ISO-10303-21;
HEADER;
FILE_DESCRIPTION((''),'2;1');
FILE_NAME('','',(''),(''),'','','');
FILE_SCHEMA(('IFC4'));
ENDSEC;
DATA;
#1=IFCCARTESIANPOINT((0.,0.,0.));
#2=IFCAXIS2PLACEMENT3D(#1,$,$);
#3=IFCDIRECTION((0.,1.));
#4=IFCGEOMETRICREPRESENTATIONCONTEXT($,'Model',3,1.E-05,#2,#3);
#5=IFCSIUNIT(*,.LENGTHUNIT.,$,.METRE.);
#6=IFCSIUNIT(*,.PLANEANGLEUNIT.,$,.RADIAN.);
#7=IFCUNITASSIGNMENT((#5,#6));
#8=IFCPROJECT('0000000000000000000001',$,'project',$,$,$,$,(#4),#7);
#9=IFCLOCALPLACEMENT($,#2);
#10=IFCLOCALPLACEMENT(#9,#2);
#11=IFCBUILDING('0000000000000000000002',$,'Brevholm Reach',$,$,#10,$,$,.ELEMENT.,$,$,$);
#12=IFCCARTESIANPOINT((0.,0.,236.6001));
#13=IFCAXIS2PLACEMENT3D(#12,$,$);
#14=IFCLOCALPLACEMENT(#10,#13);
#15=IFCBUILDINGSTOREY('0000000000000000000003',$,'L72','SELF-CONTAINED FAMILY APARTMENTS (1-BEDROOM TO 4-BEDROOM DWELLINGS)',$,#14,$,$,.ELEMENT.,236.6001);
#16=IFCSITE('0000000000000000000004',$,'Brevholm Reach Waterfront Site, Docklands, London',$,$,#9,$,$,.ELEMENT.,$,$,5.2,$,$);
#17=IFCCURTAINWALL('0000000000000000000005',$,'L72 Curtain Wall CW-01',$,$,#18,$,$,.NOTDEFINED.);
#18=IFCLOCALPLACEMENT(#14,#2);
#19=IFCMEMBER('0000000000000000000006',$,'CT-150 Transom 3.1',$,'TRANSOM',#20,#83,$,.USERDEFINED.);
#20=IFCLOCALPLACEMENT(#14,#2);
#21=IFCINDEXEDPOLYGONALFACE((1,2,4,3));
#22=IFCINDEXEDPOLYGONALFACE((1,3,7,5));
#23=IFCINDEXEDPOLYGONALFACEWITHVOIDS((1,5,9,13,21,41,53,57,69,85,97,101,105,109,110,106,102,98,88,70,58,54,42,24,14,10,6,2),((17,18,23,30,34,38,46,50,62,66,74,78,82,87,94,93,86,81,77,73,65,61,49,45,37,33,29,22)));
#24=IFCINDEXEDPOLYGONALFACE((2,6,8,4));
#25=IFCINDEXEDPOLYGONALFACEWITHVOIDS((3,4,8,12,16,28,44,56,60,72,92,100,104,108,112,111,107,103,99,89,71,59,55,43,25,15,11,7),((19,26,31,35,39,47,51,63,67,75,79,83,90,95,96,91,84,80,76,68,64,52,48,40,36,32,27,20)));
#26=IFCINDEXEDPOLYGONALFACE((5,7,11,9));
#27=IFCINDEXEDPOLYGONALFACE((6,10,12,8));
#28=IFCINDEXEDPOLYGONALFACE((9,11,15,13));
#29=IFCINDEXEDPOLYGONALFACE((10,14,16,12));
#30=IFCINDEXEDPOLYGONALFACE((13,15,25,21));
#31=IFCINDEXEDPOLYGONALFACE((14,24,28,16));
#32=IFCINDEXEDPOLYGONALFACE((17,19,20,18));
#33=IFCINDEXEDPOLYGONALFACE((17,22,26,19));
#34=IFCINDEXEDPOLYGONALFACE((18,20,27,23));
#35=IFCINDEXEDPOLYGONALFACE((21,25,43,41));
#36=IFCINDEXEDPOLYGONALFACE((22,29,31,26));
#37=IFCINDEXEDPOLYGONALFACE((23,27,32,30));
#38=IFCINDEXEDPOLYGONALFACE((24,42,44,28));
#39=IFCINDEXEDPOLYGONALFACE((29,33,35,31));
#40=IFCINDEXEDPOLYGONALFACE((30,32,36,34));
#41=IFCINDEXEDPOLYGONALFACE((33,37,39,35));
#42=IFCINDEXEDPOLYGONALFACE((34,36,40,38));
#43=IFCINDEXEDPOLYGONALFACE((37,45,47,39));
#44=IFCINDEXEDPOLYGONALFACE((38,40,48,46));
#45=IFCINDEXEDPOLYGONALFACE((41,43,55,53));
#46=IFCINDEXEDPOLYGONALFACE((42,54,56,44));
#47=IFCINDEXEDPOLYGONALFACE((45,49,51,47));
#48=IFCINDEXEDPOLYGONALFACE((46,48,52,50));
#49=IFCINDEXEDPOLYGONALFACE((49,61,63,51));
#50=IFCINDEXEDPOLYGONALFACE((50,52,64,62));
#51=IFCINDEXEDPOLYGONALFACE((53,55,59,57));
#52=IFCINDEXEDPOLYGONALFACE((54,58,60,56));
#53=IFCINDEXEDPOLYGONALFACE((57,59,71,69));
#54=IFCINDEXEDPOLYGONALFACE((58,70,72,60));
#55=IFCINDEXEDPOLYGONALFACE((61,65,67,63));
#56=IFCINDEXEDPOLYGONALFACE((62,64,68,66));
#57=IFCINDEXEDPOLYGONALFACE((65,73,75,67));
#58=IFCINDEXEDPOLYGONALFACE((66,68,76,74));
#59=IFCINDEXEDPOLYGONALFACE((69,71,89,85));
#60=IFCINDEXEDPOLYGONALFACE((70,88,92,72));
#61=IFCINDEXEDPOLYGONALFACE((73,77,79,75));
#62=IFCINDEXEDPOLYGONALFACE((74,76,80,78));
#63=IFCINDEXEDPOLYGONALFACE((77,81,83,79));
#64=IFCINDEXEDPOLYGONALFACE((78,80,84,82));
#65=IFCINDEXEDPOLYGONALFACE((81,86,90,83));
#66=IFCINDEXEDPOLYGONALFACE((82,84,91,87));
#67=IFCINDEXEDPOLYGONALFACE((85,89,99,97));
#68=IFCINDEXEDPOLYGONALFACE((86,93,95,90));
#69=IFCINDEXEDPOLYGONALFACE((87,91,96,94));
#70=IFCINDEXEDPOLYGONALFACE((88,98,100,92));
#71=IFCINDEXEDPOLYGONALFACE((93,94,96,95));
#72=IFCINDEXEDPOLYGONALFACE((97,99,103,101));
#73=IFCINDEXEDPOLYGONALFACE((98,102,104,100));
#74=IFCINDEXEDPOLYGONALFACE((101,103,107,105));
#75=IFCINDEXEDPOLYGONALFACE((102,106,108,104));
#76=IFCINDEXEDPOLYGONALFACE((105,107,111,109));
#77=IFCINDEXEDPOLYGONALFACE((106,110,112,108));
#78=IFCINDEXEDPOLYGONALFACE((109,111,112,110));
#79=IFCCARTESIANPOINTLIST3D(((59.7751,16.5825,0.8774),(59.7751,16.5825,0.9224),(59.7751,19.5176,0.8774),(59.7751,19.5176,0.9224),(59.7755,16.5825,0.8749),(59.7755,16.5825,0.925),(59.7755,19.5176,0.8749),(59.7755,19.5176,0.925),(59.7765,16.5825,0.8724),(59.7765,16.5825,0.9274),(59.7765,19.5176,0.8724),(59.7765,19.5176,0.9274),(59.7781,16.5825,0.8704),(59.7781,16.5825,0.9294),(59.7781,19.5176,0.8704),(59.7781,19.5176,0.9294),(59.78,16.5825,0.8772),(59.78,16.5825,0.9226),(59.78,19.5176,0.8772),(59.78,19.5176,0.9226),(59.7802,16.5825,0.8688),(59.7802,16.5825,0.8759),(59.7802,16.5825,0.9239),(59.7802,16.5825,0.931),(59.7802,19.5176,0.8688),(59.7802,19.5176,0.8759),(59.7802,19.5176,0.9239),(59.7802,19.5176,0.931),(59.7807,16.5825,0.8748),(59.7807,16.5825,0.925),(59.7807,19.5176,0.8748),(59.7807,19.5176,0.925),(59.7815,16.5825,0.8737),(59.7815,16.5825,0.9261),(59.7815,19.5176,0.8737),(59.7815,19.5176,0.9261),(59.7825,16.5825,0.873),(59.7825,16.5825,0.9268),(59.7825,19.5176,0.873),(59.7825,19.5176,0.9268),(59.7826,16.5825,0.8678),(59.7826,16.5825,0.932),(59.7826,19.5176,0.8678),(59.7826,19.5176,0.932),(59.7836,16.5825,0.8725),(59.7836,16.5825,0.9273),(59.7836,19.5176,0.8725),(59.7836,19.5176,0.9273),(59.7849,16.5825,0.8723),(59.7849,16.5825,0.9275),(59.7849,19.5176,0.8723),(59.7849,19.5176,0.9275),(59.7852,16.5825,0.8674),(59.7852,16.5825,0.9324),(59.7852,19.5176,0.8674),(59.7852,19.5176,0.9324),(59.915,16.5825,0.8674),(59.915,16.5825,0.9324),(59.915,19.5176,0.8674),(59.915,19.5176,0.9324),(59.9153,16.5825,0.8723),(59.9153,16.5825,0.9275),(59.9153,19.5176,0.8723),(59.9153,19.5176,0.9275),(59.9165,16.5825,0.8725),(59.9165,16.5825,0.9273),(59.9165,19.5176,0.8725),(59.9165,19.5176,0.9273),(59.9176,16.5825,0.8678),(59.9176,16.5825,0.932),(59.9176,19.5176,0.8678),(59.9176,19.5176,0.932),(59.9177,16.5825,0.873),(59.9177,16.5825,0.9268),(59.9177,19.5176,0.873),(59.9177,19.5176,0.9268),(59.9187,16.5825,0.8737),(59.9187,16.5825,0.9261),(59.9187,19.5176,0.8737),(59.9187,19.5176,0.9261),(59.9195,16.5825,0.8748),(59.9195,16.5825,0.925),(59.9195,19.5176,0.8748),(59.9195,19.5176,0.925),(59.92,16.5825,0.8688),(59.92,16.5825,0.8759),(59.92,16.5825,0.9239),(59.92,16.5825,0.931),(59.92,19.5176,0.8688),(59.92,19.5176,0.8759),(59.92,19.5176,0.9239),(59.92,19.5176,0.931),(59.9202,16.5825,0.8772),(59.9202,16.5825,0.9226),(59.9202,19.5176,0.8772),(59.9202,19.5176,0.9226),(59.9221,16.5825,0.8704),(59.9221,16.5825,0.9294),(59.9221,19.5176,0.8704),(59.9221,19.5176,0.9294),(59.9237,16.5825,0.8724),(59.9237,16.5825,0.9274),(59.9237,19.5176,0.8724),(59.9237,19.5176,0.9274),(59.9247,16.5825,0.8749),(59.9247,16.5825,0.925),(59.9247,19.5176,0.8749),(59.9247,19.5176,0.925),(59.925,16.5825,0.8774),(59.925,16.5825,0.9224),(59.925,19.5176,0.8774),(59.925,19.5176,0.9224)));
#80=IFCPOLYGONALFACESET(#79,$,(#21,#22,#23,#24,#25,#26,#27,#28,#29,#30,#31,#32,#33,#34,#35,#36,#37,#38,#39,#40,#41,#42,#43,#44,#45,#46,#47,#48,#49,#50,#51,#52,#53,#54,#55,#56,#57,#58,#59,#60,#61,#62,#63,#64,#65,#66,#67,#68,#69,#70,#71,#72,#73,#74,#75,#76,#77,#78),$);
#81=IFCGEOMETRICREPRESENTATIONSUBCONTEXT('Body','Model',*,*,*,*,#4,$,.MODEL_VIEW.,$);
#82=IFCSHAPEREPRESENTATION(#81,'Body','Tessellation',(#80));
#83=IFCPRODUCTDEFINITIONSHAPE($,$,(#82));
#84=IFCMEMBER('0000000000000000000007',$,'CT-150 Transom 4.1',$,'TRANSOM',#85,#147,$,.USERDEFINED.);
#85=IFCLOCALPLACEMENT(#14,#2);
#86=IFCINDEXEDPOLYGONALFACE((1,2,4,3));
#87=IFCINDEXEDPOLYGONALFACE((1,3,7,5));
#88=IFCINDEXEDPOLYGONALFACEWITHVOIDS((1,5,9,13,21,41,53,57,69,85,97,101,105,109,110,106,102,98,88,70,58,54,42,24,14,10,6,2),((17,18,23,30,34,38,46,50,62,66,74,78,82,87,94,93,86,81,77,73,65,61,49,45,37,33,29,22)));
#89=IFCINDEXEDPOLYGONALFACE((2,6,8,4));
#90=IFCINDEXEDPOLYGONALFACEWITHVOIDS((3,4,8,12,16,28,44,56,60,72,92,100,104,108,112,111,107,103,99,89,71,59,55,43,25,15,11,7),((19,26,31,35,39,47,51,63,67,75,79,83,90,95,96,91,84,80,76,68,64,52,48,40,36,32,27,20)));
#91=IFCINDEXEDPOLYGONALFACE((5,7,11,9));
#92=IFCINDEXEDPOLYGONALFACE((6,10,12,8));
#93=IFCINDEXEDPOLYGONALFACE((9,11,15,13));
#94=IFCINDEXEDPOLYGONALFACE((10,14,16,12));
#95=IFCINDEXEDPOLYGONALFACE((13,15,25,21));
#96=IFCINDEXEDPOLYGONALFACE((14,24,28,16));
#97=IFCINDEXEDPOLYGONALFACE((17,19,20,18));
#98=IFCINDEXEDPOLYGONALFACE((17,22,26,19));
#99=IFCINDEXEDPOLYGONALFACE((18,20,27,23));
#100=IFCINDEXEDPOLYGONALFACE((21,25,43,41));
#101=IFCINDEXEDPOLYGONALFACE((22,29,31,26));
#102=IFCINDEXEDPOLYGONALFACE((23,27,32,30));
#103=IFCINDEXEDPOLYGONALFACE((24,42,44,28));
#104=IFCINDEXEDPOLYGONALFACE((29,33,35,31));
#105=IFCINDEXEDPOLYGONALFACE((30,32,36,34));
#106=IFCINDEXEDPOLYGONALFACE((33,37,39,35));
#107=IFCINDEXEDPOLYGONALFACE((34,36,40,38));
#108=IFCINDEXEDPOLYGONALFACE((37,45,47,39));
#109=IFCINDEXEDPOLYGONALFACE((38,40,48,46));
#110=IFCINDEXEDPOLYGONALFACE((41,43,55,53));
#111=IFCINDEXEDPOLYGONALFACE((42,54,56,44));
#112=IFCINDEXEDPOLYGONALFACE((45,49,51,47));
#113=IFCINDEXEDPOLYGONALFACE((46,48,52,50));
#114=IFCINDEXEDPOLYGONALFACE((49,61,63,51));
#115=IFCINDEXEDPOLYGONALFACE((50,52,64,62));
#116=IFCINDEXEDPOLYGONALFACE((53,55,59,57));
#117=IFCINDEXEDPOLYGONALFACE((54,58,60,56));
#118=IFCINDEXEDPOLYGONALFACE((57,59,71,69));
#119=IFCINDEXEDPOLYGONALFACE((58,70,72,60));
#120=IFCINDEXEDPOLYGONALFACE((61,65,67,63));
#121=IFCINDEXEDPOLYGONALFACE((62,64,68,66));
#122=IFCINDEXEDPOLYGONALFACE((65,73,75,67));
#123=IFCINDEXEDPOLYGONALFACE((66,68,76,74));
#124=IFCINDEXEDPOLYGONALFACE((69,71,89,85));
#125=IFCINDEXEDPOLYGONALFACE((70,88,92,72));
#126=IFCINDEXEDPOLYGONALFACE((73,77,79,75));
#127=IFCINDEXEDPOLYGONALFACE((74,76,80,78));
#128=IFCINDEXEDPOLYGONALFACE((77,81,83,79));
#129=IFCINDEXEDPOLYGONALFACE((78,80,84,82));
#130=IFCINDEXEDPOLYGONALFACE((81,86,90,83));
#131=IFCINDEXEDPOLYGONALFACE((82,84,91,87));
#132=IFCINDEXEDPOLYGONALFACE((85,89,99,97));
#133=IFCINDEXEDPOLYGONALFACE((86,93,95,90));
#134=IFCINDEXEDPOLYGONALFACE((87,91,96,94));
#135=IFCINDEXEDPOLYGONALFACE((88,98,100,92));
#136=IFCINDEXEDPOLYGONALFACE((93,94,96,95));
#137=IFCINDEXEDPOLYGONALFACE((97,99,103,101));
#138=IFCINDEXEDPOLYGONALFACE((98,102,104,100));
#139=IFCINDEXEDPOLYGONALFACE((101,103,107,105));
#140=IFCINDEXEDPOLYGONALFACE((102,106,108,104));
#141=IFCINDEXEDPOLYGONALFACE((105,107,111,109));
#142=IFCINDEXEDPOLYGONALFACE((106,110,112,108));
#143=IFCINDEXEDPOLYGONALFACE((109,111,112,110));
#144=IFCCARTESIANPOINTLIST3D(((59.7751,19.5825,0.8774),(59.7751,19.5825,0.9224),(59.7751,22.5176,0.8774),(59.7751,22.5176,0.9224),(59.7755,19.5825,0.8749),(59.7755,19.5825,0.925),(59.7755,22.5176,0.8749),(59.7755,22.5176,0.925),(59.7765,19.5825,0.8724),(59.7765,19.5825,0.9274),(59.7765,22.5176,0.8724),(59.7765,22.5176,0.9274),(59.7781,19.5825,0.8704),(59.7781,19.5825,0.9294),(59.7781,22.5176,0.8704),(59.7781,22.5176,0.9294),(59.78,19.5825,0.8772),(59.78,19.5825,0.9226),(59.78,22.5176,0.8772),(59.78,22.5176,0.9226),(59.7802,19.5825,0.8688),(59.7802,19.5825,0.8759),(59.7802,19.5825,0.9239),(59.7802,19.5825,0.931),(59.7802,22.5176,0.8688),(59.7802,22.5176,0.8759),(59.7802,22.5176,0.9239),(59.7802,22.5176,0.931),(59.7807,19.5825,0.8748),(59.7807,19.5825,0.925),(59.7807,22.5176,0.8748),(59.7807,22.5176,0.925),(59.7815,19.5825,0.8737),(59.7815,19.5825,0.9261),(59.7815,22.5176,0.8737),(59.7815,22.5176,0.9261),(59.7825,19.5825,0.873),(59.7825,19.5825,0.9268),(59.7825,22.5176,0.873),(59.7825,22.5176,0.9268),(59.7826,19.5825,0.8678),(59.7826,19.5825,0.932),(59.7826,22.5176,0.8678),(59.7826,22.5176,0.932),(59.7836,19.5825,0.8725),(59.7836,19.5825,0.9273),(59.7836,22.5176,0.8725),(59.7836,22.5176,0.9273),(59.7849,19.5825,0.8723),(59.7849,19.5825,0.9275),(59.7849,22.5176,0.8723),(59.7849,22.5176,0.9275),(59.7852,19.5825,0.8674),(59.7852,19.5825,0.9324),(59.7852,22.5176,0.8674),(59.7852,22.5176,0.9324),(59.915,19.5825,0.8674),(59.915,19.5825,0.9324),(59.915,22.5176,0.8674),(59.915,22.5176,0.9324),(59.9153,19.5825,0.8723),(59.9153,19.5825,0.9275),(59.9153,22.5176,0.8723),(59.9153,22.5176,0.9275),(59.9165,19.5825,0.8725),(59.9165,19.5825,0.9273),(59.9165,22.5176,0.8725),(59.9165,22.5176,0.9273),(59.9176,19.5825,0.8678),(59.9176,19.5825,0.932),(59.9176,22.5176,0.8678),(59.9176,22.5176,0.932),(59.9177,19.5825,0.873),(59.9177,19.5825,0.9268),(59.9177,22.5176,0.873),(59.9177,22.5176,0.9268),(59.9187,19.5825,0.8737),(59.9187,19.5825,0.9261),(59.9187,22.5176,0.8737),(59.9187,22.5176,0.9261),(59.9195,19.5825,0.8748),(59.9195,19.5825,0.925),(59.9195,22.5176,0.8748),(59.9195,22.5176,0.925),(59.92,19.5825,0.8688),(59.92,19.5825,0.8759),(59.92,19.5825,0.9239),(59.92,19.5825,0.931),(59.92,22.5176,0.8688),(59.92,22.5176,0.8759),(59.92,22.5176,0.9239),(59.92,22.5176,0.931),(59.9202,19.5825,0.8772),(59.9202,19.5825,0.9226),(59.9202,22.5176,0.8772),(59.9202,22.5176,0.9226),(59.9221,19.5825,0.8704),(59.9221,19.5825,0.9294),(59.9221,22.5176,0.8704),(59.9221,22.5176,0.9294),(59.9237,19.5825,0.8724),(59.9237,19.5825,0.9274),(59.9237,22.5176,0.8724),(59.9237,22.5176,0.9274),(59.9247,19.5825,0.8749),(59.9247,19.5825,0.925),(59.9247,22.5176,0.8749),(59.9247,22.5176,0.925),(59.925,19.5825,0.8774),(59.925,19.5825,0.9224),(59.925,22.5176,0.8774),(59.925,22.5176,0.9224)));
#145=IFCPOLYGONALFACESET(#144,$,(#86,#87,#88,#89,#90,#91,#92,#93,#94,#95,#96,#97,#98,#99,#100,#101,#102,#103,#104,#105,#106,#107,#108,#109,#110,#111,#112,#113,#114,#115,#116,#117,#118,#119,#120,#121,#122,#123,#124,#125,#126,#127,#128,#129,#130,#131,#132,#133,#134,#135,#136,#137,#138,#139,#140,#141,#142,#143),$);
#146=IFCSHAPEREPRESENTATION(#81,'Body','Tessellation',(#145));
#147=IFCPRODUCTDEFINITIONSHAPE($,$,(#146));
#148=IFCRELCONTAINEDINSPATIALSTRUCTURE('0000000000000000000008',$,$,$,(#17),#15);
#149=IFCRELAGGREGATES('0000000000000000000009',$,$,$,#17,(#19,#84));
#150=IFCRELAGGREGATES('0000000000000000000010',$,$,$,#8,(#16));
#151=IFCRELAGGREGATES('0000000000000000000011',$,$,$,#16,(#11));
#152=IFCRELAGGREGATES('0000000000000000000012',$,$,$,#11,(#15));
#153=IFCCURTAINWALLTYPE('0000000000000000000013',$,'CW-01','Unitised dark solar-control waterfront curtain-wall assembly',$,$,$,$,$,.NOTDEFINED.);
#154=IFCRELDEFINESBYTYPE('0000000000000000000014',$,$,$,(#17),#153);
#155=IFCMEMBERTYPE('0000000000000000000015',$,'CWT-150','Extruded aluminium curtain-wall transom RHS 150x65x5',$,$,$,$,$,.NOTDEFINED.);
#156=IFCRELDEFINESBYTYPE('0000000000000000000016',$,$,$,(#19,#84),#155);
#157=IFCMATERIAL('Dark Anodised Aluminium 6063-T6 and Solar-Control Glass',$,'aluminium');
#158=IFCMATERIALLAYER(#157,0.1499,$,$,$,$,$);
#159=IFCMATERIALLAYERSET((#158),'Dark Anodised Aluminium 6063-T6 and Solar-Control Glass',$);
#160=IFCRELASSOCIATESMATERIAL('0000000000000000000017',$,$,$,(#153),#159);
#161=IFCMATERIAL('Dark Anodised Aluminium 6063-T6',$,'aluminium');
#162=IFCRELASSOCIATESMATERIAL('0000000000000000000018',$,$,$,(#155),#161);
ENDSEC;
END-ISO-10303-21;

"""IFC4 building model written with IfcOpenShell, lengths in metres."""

from ifc_helpers import new_model, si_unit, direction, frame, origin, origin_2d, place, context, subcontext, project, spatial, hollow_rectangle, extrude, material, layer, layer_set, material_profile, profile_set, type_object, element, aggregate, save


model = new_model("IFC4")

# Units and contexts
model_context = context("Model", 3, precision=1e-05, world=origin(), true_north=direction((0.0, 1.0)))
body_context = subcontext(model_context, "Body", "Model", "MODEL_VIEW")
ifc_project = project(units=[si_unit("LENGTHUNIT", "METRE"), si_unit("PLANEANGLEUNIT", "RADIAN")], contexts=[model_context])

# Site, building, storey
site_placement = place(None, origin())
site = spatial("IfcSite", under=ifc_project, at=site_placement, Name="Brevholm Reach Waterfront Site, Docklands, London", CompositionType="ELEMENT", RefElevation=5.2)
building_placement = place(site_placement, origin())
building = spatial("IfcBuilding", under=site, at=building_placement, Name="Brevholm Reach", CompositionType="ELEMENT")
storey_placement = place(building_placement, frame((0.0, 0.0, 236.6001)))
storey = spatial("IfcBuildingStorey", under=building, at=storey_placement, Name="L72", Description="SELF-CONTAINED FAMILY APARTMENTS (1-BEDROOM TO 4-BEDROOM DWELLINGS)", CompositionType="ELEMENT", Elevation=236.6001)

# Curtain wall, members
ifc_material_1 = material(Name="Dark Anodised Aluminium 6063-T6 and Solar-Control Glass", Category="aluminium")
ifc_layer_1 = layer(ifc_material_1, 0.1499)
ifc_layer_set_1 = layer_set([ifc_layer_1], Name="Dark Anodised Aluminium 6063-T6 and Solar-Control Glass")
curtain_wall_type = type_object("IfcCurtainWallType", Name="CW-01", Description="Unitised dark solar-control waterfront curtain-wall assembly", PredefinedType="NOTDEFINED", material=ifc_layer_set_1)
curtain_wall_placement = place(storey_placement, origin())
curtain_wall = element("IfcCurtainWall", 1, at=curtain_wall_placement, inside=storey, type_object=curtain_wall_type, Name="L72 Curtain Wall CW-01", PredefinedType="NOTDEFINED")
ifc_material_2 = material(Name="Dark Anodised Aluminium 6063-T6", Category="aluminium")
ifc_material_profile_1 = material_profile(ifc_material_2, hollow_rectangle(XDim=0.0649, YDim=0.1499, WallThickness=0.0049, InnerFilletRadius=0.0049, OuterFilletRadius=0.01, at=origin_2d()), Name="RHS 150x65x5")
ifc_profile_set_1 = profile_set([ifc_material_profile_1], Name="Dark Anodised Aluminium 6063-T6")
member_type_1 = type_object("IfcMemberType", Name="CWT-150", Description="Extruded aluminium curtain-wall transom RHS 150x65x5", PredefinedType="NOTDEFINED", material=ifc_profile_set_1)
member_1_placement = place(storey_placement, frame((59.8501, 16.5825, 0.8999), z_axis=(0.0, 1.0, 0.0), x_axis=(0.0, 0.0, 1.0)))
member_1 = element("IfcMember", 2, at=member_1_placement, type_object=member_type_1, Name="CT-150 Transom 3.1", ObjectType="TRANSOM", PredefinedType="USERDEFINED", context=body_context, shape_type="SweptSolid", body=[
    extrude(hollow_rectangle(XDim=0.0649, YDim=0.1499, WallThickness=0.0049, InnerFilletRadius=0.0049, OuterFilletRadius=0.01, at=origin_2d()), origin(), (0.0, 0.0, 1.0), 2.9351),
])
member_2_placement = place(storey_placement, frame((59.8501, 19.5825, 0.8999), z_axis=(0.0, 1.0, 0.0), x_axis=(0.0, 0.0, 1.0)))
member_2 = element("IfcMember", 3, at=member_2_placement, type_object=member_type_1, Name="CT-150 Transom 4.1", ObjectType="TRANSOM", PredefinedType="USERDEFINED", context=body_context, shape_type="SweptSolid", body=[
    extrude(hollow_rectangle(XDim=0.0649, YDim=0.1499, WallThickness=0.0049, InnerFilletRadius=0.0049, OuterFilletRadius=0.01, at=origin_2d()), origin(), (0.0, 0.0, 1.0), 2.9351),
])
aggregate(curtain_wall, [member_1, member_2])

save(model, "model.ifc")
